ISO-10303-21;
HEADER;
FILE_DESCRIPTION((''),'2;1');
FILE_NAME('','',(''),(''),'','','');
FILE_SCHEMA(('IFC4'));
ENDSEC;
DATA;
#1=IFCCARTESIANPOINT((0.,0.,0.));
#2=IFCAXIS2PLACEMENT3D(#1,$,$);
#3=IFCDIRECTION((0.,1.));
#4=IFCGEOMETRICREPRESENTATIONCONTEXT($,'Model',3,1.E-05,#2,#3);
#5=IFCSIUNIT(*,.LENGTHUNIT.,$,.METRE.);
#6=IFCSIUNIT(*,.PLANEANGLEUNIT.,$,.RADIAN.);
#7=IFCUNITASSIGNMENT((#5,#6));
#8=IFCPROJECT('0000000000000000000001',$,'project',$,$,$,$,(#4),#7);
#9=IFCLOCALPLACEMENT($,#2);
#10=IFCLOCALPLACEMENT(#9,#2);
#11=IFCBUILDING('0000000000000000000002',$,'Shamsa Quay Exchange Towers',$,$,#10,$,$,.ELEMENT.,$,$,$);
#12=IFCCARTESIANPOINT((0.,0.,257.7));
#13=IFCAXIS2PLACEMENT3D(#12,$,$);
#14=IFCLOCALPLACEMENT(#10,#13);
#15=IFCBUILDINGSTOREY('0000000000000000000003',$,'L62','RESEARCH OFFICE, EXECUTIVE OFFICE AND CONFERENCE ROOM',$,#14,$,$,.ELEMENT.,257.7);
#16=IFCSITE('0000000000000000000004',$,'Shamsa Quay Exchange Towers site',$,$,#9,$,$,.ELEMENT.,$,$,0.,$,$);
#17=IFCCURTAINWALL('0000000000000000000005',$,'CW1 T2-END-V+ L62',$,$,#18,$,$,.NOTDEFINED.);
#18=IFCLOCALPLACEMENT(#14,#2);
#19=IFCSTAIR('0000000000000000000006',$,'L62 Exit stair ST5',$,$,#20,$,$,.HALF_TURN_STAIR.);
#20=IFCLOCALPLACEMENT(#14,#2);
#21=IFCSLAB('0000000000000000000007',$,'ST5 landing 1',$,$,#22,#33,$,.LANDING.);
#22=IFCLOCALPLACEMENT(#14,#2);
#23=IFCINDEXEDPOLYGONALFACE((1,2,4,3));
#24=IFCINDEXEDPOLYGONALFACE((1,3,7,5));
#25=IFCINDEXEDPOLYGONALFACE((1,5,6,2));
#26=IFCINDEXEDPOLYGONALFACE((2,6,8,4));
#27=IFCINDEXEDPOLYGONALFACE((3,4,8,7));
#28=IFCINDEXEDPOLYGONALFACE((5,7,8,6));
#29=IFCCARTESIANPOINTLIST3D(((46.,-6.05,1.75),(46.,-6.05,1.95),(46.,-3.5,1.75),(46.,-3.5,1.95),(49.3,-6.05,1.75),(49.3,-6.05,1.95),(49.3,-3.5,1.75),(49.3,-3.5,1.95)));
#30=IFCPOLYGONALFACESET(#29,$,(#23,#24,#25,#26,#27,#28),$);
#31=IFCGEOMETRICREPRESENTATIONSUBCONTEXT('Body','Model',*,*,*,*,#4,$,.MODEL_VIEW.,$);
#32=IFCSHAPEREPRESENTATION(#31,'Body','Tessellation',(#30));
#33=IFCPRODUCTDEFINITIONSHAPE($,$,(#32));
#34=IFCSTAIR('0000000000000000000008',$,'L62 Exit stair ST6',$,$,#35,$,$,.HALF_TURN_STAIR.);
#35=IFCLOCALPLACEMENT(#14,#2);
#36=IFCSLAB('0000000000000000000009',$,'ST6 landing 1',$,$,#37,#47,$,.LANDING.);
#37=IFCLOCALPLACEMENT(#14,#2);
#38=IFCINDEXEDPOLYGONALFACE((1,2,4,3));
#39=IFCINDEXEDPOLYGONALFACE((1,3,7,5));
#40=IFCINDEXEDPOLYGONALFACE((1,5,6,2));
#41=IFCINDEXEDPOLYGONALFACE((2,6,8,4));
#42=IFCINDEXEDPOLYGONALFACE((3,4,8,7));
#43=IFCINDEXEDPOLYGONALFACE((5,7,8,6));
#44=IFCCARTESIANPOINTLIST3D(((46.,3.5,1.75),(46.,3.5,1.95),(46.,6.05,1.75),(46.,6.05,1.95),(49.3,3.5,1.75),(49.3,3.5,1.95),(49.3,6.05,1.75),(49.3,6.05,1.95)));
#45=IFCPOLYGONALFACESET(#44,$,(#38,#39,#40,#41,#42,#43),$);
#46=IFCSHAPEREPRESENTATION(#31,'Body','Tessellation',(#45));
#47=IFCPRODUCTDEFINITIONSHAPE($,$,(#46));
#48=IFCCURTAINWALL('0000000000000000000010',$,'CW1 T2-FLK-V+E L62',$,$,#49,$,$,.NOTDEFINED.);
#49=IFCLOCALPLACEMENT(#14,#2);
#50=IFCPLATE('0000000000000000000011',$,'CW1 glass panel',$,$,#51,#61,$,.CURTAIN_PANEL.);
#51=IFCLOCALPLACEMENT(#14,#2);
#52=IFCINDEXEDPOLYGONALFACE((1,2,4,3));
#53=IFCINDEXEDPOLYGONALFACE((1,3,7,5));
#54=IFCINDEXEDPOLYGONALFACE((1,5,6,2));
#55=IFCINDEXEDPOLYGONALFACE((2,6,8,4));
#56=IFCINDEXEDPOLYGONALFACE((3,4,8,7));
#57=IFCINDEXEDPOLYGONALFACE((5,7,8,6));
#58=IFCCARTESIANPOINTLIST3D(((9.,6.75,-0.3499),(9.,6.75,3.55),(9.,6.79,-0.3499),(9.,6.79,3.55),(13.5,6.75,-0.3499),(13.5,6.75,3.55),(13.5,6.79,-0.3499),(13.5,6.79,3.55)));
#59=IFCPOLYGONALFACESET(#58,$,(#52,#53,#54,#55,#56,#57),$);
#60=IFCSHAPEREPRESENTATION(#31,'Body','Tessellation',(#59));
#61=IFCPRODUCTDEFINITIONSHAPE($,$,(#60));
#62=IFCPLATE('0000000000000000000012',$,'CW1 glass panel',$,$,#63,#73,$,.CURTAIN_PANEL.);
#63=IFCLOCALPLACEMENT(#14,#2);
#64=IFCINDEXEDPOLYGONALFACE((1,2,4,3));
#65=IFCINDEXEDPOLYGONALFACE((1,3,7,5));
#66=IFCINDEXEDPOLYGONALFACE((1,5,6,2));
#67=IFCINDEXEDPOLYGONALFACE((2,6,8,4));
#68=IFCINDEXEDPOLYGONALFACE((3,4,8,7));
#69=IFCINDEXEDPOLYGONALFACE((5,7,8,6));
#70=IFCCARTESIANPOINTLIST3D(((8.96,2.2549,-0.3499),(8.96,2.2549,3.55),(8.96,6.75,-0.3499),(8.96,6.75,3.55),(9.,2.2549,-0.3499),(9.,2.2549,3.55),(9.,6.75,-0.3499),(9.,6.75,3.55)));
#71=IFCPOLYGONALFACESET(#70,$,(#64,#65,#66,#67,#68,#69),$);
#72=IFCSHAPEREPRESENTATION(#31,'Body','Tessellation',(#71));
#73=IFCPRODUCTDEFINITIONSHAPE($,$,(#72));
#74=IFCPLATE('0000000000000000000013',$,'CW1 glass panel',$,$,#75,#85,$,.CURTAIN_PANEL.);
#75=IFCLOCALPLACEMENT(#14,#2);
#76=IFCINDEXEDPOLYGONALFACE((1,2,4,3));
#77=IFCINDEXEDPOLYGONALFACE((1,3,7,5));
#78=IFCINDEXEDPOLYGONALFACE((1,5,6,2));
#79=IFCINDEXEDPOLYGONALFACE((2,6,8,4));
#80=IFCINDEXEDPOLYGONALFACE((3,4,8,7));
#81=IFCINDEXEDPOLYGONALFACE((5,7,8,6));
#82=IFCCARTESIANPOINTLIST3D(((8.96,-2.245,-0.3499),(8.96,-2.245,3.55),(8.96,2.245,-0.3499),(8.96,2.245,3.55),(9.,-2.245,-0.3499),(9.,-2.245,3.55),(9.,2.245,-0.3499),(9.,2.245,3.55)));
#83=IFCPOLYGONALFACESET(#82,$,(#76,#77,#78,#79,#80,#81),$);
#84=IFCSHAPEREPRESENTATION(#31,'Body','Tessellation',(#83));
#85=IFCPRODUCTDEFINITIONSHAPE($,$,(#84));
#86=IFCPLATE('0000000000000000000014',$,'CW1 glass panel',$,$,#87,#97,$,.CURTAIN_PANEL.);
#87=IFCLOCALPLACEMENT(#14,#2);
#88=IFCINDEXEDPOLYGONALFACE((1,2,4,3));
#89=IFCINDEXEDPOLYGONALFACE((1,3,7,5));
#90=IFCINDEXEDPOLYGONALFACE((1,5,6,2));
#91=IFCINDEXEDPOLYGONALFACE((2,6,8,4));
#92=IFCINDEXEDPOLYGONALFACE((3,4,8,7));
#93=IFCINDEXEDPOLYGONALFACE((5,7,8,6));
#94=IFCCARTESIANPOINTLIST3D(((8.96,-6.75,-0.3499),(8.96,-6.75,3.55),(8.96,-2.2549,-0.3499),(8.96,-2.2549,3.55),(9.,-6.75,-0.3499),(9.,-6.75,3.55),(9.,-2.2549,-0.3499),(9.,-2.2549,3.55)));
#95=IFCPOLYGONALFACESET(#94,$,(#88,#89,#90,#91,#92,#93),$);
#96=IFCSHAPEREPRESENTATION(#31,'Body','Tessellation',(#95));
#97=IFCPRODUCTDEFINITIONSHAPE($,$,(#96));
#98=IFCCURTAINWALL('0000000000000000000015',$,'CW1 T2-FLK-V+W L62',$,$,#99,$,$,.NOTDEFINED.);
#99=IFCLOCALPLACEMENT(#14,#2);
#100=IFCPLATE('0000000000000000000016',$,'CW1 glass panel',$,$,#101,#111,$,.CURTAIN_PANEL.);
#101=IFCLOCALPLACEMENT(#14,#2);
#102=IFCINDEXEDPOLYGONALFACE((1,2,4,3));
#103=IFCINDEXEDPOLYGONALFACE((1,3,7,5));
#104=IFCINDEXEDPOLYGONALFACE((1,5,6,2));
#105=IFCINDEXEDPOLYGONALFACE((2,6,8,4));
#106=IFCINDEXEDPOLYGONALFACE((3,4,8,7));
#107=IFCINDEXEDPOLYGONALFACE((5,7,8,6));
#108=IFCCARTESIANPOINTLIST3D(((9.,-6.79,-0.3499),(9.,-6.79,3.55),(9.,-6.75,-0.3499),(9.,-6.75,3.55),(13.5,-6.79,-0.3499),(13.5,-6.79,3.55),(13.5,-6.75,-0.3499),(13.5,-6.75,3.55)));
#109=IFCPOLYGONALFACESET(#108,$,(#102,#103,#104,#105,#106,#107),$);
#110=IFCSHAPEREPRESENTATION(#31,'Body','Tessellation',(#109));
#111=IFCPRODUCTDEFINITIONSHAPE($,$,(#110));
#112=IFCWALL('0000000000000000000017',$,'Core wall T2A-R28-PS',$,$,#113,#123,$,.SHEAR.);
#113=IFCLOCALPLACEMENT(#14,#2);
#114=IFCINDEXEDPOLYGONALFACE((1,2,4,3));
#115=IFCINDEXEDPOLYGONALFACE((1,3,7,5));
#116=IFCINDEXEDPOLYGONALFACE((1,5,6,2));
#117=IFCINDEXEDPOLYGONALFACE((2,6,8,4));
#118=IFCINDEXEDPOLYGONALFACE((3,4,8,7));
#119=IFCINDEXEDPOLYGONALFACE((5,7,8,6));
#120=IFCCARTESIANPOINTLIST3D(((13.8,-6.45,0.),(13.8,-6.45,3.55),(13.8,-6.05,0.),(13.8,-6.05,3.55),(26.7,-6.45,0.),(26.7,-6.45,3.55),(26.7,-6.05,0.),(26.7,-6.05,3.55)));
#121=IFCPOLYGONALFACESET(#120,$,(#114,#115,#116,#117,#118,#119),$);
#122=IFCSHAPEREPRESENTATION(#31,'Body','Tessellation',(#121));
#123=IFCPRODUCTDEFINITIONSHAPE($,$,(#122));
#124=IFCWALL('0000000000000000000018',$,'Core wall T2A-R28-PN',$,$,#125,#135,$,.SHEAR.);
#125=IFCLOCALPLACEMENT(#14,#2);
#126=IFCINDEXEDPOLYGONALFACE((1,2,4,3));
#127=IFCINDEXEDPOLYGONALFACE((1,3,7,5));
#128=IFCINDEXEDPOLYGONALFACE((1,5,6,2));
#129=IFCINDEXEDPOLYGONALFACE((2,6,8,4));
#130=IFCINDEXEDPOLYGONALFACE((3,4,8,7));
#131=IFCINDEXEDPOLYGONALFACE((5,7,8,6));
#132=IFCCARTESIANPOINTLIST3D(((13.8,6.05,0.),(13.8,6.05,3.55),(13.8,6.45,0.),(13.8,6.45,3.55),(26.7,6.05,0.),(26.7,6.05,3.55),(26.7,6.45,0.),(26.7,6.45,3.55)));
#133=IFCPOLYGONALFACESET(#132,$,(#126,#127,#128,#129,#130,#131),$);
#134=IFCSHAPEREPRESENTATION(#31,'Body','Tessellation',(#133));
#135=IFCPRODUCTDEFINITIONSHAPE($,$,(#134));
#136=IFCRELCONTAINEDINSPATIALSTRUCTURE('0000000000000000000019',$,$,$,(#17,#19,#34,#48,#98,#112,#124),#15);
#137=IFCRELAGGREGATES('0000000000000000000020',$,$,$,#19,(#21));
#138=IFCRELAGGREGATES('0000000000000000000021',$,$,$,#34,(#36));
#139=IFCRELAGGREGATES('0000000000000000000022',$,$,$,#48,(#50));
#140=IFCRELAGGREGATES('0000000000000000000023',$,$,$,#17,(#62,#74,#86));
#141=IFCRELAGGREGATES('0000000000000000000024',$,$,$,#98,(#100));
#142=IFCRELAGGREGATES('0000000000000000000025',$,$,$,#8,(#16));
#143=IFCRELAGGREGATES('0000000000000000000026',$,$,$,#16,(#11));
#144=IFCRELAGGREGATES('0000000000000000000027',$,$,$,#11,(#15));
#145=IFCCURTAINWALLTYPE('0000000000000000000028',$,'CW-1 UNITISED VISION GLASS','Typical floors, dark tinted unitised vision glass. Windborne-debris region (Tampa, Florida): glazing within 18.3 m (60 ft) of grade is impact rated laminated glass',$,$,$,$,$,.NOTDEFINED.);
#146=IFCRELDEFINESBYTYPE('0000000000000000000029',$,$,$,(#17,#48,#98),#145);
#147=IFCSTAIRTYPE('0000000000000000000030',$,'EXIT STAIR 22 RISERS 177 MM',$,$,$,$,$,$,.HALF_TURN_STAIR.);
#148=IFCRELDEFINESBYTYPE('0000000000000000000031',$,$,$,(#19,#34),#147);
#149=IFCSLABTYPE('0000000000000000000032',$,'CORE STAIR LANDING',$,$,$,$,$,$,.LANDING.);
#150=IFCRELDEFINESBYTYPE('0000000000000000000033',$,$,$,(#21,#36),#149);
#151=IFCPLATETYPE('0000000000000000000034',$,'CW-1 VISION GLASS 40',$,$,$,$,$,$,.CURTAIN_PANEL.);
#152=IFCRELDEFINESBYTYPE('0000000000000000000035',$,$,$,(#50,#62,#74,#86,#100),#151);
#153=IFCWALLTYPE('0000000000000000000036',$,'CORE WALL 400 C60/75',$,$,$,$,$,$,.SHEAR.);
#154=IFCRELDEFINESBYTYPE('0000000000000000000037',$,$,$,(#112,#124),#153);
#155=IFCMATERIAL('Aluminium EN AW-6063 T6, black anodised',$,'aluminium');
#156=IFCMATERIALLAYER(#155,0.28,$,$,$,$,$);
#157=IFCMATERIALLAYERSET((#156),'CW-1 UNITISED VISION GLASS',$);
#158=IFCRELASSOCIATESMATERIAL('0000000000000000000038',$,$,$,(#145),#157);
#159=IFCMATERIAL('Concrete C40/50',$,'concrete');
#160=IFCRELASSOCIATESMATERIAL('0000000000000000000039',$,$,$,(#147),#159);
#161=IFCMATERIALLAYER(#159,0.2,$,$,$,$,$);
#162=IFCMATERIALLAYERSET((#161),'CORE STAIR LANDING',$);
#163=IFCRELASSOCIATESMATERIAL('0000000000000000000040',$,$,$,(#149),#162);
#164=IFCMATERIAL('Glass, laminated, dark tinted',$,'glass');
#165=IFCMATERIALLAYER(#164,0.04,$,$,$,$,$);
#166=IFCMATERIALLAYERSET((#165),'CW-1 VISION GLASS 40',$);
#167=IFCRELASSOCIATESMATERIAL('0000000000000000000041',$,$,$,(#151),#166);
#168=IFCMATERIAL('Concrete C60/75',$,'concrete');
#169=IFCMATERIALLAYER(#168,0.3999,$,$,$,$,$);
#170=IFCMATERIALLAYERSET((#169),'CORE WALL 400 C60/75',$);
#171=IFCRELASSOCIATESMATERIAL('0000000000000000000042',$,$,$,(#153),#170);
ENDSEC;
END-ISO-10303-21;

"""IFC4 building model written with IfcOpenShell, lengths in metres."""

from ifc_helpers import new_model, si_unit, direction, frame, frame_2d, origin, origin_2d, place, context, subcontext, project, spatial, polyline, rectangle, outline, extrude, material, layer, layer_set, type_object, element, aggregate, save


model = new_model("IFC4")

# Units and contexts
model_context = context("Model", 3, precision=1e-05, world=origin(), true_north=direction((0.0, 1.0)))
body_context = subcontext(model_context, "Body", "Model", "MODEL_VIEW")
ifc_project = project(units=[si_unit("LENGTHUNIT", "METRE"), si_unit("PLANEANGLEUNIT", "RADIAN")], contexts=[model_context])

# Site, building, storey
site_placement = place(None, origin())
site = spatial("IfcSite", under=ifc_project, at=site_placement, Name="Shamsa Quay Exchange Towers site", CompositionType="ELEMENT", RefElevation=0.0)
building_placement = place(site_placement, origin())
building = spatial("IfcBuilding", under=site, at=building_placement, Name="Shamsa Quay Exchange Towers", CompositionType="ELEMENT")
storey_placement = place(building_placement, frame((0.0, 0.0, 257.7)))
storey = spatial("IfcBuildingStorey", under=building, at=storey_placement, Name="L62", Description="RESEARCH OFFICE, EXECUTIVE OFFICE AND CONFERENCE ROOM", CompositionType="ELEMENT", Elevation=257.7)

# Curtain wall
ifc_material_1 = material(Name="Aluminium EN AW-6063 T6, black anodised", Category="aluminium")
ifc_layer_1 = layer(ifc_material_1, 0.28)
ifc_layer_set_1 = layer_set([ifc_layer_1], Name="CW-1 UNITISED VISION GLASS")
curtain_wall_type = type_object("IfcCurtainWallType", Name="CW-1 UNITISED VISION GLASS", Description="Typical floors, dark tinted unitised vision glass. Windborne-debris region (Tampa, Florida): glazing within 18.3 m (60 ft) of grade is impact rated laminated glass", PredefinedType="NOTDEFINED", material=ifc_layer_set_1)
curtain_wall_1_placement = place(storey_placement, origin())
curtain_wall_1 = element("IfcCurtainWall", 1, at=curtain_wall_1_placement, inside=storey, type_object=curtain_wall_type, Name="CW1 T2-END-V+ L62", PredefinedType="NOTDEFINED")

# Stairs, slabs
ifc_material_2 = material(Name="Concrete C40/50", Category="concrete")
stair_type = type_object("IfcStairType", Name="EXIT STAIR 22 RISERS 177 MM", PredefinedType="HALF_TURN_STAIR", material=ifc_material_2)
ifc_layer_2 = layer(ifc_material_2, 0.2)
ifc_layer_set_2 = layer_set([ifc_layer_2], Name="CORE STAIR LANDING")
slab_type_1 = type_object("IfcSlabType", Name="CORE STAIR LANDING", PredefinedType="LANDING", material=ifc_layer_set_2)
stair_1_placement = place(storey_placement, origin())
stair_1 = element("IfcStair", 2, at=stair_1_placement, inside=storey, type_object=stair_type, Name="L62 Exit stair ST5", PredefinedType="HALF_TURN_STAIR")
slab_1_placement = place(storey_placement, frame((0.0, 0.0, 1.75)))
slab_1 = element("IfcSlab", 3, at=slab_1_placement, type_object=slab_type_1, Name="ST5 landing 1", PredefinedType="LANDING", context=body_context, shape_type="SweptSolid", body=[
    extrude(outline(polyline([(49.3, -3.5), (46.0, -3.5), (46.0, -6.05), (49.3, -6.05), (49.3, -3.5)])), origin(), (0.0, 0.0, 1.0), 0.2),
])
aggregate(stair_1, [slab_1])
stair_2_placement = place(storey_placement, origin())
stair_2 = element("IfcStair", 4, at=stair_2_placement, inside=storey, type_object=stair_type, Name="L62 Exit stair ST6", PredefinedType="HALF_TURN_STAIR")
slab_2_placement = place(storey_placement, frame((0.0, 0.0, 1.75)))
slab_2 = element("IfcSlab", 5, at=slab_2_placement, type_object=slab_type_1, Name="ST6 landing 1", PredefinedType="LANDING", context=body_context, shape_type="SweptSolid", body=[
    extrude(outline(polyline([(49.3, 6.05), (46.0, 6.05), (46.0, 3.5), (49.3, 3.5), (49.3, 6.05)])), origin(), (0.0, 0.0, 1.0), 0.2),
])
aggregate(stair_2, [slab_2])

# Curtain wall, plate
curtain_wall_2_placement = place(storey_placement, origin())
curtain_wall_2 = element("IfcCurtainWall", 6, at=curtain_wall_2_placement, inside=storey, type_object=curtain_wall_type, Name="CW1 T2-FLK-V+E L62", PredefinedType="NOTDEFINED")
ifc_material_3 = material(Name="Glass, laminated, dark tinted", Category="glass")
ifc_layer_3 = layer(ifc_material_3, 0.04)
ifc_layer_set_3 = layer_set([ifc_layer_3], Name="CW-1 VISION GLASS 40")
plate_type = type_object("IfcPlateType", Name="CW-1 VISION GLASS 40", PredefinedType="CURTAIN_PANEL", material=ifc_layer_set_3)
plate_1_placement = place(storey_placement, frame((11.25, 6.77, -0.3499), z_axis=(0.0, 0.0, 1.0), x_axis=(-1.0, 0.0, 0.0)))
plate_1 = element("IfcPlate", 7, at=plate_1_placement, type_object=plate_type, Name="CW1 glass panel", PredefinedType="CURTAIN_PANEL", context=body_context, shape_type="SweptSolid", body=[
    extrude(rectangle(XDim=4.5, YDim=0.04, at=origin_2d()), origin(), (0.0, 0.0, 1.0), 3.8999),
])
aggregate(curtain_wall_2, [plate_1])

# Plates
plate_2_placement = place(storey_placement, frame((8.98, 4.5024, -0.3499), z_axis=(0.0, 0.0, 1.0), x_axis=(0.0, -1.0, 0.0)))
plate_2 = element("IfcPlate", 8, at=plate_2_placement, type_object=plate_type, Name="CW1 glass panel", PredefinedType="CURTAIN_PANEL", context=body_context, shape_type="SweptSolid", body=[
    extrude(rectangle(XDim=4.4951, YDim=0.04, at=origin_2d()), origin(), (0.0, 0.0, 1.0), 3.8999),
])
plate_3_placement = place(storey_placement, frame((8.98, 0.0, -0.3499), z_axis=(0.0, 0.0, 1.0), x_axis=(0.0, -1.0, 0.0)))
plate_3 = element("IfcPlate", 9, at=plate_3_placement, type_object=plate_type, Name="CW1 glass panel", PredefinedType="CURTAIN_PANEL", context=body_context, shape_type="SweptSolid", body=[
    extrude(rectangle(XDim=4.49, YDim=0.04, at=origin_2d()), origin(), (0.0, 0.0, 1.0), 3.8999),
])
plate_4_placement = place(storey_placement, frame((8.98, -4.5024, -0.3499), z_axis=(0.0, 0.0, 1.0), x_axis=(0.0, -1.0, 0.0)))
plate_4 = element("IfcPlate", 10, at=plate_4_placement, type_object=plate_type, Name="CW1 glass panel", PredefinedType="CURTAIN_PANEL", context=body_context, shape_type="SweptSolid", body=[
    extrude(rectangle(XDim=4.4951, YDim=0.04, at=origin_2d()), origin(), (0.0, 0.0, 1.0), 3.8999),
])
aggregate(curtain_wall_1, [plate_2, plate_3, plate_4])

# Curtain wall, plate
curtain_wall_3_placement = place(storey_placement, origin())
curtain_wall_3 = element("IfcCurtainWall", 11, at=curtain_wall_3_placement, inside=storey, type_object=curtain_wall_type, Name="CW1 T2-FLK-V+W L62", PredefinedType="NOTDEFINED")
plate_5_placement = place(storey_placement, frame((11.25, -6.77, -0.3499)))
plate_5 = element("IfcPlate", 12, at=plate_5_placement, type_object=plate_type, Name="CW1 glass panel", PredefinedType="CURTAIN_PANEL", context=body_context, shape_type="SweptSolid", body=[
    extrude(rectangle(XDim=4.5, YDim=0.04, at=origin_2d()), origin(), (0.0, 0.0, 1.0), 3.8999),
])
aggregate(curtain_wall_3, [plate_5])

# Walls
ifc_material_4 = material(Name="Concrete C60/75", Category="concrete")
ifc_layer_4 = layer(ifc_material_4, 0.3999)
ifc_layer_set_4 = layer_set([ifc_layer_4], Name="CORE WALL 400 C60/75")
wall_type_1 = type_object("IfcWallType", Name="CORE WALL 400 C60/75", PredefinedType="SHEAR", material=ifc_layer_set_4)
for number, where, name in (
    (13, (13.8, -6.25, 0.0), "Core wall T2A-R28-PS"),
    (14, (13.8, 6.25, 0.0), "Core wall T2A-R28-PN"),
):
    element("IfcWall", number, at=place(storey_placement, frame(where)), inside=storey, type_object=wall_type_1, Name=name, PredefinedType="SHEAR", context=body_context, shape_type="SweptSolid", body=[
        extrude(rectangle(XDim=12.8999, YDim=0.3999, at=frame_2d((6.45, 0.0))), origin(), (0.0, 0.0, 1.0), 3.55),
    ])

save(model, "model.ifc")
